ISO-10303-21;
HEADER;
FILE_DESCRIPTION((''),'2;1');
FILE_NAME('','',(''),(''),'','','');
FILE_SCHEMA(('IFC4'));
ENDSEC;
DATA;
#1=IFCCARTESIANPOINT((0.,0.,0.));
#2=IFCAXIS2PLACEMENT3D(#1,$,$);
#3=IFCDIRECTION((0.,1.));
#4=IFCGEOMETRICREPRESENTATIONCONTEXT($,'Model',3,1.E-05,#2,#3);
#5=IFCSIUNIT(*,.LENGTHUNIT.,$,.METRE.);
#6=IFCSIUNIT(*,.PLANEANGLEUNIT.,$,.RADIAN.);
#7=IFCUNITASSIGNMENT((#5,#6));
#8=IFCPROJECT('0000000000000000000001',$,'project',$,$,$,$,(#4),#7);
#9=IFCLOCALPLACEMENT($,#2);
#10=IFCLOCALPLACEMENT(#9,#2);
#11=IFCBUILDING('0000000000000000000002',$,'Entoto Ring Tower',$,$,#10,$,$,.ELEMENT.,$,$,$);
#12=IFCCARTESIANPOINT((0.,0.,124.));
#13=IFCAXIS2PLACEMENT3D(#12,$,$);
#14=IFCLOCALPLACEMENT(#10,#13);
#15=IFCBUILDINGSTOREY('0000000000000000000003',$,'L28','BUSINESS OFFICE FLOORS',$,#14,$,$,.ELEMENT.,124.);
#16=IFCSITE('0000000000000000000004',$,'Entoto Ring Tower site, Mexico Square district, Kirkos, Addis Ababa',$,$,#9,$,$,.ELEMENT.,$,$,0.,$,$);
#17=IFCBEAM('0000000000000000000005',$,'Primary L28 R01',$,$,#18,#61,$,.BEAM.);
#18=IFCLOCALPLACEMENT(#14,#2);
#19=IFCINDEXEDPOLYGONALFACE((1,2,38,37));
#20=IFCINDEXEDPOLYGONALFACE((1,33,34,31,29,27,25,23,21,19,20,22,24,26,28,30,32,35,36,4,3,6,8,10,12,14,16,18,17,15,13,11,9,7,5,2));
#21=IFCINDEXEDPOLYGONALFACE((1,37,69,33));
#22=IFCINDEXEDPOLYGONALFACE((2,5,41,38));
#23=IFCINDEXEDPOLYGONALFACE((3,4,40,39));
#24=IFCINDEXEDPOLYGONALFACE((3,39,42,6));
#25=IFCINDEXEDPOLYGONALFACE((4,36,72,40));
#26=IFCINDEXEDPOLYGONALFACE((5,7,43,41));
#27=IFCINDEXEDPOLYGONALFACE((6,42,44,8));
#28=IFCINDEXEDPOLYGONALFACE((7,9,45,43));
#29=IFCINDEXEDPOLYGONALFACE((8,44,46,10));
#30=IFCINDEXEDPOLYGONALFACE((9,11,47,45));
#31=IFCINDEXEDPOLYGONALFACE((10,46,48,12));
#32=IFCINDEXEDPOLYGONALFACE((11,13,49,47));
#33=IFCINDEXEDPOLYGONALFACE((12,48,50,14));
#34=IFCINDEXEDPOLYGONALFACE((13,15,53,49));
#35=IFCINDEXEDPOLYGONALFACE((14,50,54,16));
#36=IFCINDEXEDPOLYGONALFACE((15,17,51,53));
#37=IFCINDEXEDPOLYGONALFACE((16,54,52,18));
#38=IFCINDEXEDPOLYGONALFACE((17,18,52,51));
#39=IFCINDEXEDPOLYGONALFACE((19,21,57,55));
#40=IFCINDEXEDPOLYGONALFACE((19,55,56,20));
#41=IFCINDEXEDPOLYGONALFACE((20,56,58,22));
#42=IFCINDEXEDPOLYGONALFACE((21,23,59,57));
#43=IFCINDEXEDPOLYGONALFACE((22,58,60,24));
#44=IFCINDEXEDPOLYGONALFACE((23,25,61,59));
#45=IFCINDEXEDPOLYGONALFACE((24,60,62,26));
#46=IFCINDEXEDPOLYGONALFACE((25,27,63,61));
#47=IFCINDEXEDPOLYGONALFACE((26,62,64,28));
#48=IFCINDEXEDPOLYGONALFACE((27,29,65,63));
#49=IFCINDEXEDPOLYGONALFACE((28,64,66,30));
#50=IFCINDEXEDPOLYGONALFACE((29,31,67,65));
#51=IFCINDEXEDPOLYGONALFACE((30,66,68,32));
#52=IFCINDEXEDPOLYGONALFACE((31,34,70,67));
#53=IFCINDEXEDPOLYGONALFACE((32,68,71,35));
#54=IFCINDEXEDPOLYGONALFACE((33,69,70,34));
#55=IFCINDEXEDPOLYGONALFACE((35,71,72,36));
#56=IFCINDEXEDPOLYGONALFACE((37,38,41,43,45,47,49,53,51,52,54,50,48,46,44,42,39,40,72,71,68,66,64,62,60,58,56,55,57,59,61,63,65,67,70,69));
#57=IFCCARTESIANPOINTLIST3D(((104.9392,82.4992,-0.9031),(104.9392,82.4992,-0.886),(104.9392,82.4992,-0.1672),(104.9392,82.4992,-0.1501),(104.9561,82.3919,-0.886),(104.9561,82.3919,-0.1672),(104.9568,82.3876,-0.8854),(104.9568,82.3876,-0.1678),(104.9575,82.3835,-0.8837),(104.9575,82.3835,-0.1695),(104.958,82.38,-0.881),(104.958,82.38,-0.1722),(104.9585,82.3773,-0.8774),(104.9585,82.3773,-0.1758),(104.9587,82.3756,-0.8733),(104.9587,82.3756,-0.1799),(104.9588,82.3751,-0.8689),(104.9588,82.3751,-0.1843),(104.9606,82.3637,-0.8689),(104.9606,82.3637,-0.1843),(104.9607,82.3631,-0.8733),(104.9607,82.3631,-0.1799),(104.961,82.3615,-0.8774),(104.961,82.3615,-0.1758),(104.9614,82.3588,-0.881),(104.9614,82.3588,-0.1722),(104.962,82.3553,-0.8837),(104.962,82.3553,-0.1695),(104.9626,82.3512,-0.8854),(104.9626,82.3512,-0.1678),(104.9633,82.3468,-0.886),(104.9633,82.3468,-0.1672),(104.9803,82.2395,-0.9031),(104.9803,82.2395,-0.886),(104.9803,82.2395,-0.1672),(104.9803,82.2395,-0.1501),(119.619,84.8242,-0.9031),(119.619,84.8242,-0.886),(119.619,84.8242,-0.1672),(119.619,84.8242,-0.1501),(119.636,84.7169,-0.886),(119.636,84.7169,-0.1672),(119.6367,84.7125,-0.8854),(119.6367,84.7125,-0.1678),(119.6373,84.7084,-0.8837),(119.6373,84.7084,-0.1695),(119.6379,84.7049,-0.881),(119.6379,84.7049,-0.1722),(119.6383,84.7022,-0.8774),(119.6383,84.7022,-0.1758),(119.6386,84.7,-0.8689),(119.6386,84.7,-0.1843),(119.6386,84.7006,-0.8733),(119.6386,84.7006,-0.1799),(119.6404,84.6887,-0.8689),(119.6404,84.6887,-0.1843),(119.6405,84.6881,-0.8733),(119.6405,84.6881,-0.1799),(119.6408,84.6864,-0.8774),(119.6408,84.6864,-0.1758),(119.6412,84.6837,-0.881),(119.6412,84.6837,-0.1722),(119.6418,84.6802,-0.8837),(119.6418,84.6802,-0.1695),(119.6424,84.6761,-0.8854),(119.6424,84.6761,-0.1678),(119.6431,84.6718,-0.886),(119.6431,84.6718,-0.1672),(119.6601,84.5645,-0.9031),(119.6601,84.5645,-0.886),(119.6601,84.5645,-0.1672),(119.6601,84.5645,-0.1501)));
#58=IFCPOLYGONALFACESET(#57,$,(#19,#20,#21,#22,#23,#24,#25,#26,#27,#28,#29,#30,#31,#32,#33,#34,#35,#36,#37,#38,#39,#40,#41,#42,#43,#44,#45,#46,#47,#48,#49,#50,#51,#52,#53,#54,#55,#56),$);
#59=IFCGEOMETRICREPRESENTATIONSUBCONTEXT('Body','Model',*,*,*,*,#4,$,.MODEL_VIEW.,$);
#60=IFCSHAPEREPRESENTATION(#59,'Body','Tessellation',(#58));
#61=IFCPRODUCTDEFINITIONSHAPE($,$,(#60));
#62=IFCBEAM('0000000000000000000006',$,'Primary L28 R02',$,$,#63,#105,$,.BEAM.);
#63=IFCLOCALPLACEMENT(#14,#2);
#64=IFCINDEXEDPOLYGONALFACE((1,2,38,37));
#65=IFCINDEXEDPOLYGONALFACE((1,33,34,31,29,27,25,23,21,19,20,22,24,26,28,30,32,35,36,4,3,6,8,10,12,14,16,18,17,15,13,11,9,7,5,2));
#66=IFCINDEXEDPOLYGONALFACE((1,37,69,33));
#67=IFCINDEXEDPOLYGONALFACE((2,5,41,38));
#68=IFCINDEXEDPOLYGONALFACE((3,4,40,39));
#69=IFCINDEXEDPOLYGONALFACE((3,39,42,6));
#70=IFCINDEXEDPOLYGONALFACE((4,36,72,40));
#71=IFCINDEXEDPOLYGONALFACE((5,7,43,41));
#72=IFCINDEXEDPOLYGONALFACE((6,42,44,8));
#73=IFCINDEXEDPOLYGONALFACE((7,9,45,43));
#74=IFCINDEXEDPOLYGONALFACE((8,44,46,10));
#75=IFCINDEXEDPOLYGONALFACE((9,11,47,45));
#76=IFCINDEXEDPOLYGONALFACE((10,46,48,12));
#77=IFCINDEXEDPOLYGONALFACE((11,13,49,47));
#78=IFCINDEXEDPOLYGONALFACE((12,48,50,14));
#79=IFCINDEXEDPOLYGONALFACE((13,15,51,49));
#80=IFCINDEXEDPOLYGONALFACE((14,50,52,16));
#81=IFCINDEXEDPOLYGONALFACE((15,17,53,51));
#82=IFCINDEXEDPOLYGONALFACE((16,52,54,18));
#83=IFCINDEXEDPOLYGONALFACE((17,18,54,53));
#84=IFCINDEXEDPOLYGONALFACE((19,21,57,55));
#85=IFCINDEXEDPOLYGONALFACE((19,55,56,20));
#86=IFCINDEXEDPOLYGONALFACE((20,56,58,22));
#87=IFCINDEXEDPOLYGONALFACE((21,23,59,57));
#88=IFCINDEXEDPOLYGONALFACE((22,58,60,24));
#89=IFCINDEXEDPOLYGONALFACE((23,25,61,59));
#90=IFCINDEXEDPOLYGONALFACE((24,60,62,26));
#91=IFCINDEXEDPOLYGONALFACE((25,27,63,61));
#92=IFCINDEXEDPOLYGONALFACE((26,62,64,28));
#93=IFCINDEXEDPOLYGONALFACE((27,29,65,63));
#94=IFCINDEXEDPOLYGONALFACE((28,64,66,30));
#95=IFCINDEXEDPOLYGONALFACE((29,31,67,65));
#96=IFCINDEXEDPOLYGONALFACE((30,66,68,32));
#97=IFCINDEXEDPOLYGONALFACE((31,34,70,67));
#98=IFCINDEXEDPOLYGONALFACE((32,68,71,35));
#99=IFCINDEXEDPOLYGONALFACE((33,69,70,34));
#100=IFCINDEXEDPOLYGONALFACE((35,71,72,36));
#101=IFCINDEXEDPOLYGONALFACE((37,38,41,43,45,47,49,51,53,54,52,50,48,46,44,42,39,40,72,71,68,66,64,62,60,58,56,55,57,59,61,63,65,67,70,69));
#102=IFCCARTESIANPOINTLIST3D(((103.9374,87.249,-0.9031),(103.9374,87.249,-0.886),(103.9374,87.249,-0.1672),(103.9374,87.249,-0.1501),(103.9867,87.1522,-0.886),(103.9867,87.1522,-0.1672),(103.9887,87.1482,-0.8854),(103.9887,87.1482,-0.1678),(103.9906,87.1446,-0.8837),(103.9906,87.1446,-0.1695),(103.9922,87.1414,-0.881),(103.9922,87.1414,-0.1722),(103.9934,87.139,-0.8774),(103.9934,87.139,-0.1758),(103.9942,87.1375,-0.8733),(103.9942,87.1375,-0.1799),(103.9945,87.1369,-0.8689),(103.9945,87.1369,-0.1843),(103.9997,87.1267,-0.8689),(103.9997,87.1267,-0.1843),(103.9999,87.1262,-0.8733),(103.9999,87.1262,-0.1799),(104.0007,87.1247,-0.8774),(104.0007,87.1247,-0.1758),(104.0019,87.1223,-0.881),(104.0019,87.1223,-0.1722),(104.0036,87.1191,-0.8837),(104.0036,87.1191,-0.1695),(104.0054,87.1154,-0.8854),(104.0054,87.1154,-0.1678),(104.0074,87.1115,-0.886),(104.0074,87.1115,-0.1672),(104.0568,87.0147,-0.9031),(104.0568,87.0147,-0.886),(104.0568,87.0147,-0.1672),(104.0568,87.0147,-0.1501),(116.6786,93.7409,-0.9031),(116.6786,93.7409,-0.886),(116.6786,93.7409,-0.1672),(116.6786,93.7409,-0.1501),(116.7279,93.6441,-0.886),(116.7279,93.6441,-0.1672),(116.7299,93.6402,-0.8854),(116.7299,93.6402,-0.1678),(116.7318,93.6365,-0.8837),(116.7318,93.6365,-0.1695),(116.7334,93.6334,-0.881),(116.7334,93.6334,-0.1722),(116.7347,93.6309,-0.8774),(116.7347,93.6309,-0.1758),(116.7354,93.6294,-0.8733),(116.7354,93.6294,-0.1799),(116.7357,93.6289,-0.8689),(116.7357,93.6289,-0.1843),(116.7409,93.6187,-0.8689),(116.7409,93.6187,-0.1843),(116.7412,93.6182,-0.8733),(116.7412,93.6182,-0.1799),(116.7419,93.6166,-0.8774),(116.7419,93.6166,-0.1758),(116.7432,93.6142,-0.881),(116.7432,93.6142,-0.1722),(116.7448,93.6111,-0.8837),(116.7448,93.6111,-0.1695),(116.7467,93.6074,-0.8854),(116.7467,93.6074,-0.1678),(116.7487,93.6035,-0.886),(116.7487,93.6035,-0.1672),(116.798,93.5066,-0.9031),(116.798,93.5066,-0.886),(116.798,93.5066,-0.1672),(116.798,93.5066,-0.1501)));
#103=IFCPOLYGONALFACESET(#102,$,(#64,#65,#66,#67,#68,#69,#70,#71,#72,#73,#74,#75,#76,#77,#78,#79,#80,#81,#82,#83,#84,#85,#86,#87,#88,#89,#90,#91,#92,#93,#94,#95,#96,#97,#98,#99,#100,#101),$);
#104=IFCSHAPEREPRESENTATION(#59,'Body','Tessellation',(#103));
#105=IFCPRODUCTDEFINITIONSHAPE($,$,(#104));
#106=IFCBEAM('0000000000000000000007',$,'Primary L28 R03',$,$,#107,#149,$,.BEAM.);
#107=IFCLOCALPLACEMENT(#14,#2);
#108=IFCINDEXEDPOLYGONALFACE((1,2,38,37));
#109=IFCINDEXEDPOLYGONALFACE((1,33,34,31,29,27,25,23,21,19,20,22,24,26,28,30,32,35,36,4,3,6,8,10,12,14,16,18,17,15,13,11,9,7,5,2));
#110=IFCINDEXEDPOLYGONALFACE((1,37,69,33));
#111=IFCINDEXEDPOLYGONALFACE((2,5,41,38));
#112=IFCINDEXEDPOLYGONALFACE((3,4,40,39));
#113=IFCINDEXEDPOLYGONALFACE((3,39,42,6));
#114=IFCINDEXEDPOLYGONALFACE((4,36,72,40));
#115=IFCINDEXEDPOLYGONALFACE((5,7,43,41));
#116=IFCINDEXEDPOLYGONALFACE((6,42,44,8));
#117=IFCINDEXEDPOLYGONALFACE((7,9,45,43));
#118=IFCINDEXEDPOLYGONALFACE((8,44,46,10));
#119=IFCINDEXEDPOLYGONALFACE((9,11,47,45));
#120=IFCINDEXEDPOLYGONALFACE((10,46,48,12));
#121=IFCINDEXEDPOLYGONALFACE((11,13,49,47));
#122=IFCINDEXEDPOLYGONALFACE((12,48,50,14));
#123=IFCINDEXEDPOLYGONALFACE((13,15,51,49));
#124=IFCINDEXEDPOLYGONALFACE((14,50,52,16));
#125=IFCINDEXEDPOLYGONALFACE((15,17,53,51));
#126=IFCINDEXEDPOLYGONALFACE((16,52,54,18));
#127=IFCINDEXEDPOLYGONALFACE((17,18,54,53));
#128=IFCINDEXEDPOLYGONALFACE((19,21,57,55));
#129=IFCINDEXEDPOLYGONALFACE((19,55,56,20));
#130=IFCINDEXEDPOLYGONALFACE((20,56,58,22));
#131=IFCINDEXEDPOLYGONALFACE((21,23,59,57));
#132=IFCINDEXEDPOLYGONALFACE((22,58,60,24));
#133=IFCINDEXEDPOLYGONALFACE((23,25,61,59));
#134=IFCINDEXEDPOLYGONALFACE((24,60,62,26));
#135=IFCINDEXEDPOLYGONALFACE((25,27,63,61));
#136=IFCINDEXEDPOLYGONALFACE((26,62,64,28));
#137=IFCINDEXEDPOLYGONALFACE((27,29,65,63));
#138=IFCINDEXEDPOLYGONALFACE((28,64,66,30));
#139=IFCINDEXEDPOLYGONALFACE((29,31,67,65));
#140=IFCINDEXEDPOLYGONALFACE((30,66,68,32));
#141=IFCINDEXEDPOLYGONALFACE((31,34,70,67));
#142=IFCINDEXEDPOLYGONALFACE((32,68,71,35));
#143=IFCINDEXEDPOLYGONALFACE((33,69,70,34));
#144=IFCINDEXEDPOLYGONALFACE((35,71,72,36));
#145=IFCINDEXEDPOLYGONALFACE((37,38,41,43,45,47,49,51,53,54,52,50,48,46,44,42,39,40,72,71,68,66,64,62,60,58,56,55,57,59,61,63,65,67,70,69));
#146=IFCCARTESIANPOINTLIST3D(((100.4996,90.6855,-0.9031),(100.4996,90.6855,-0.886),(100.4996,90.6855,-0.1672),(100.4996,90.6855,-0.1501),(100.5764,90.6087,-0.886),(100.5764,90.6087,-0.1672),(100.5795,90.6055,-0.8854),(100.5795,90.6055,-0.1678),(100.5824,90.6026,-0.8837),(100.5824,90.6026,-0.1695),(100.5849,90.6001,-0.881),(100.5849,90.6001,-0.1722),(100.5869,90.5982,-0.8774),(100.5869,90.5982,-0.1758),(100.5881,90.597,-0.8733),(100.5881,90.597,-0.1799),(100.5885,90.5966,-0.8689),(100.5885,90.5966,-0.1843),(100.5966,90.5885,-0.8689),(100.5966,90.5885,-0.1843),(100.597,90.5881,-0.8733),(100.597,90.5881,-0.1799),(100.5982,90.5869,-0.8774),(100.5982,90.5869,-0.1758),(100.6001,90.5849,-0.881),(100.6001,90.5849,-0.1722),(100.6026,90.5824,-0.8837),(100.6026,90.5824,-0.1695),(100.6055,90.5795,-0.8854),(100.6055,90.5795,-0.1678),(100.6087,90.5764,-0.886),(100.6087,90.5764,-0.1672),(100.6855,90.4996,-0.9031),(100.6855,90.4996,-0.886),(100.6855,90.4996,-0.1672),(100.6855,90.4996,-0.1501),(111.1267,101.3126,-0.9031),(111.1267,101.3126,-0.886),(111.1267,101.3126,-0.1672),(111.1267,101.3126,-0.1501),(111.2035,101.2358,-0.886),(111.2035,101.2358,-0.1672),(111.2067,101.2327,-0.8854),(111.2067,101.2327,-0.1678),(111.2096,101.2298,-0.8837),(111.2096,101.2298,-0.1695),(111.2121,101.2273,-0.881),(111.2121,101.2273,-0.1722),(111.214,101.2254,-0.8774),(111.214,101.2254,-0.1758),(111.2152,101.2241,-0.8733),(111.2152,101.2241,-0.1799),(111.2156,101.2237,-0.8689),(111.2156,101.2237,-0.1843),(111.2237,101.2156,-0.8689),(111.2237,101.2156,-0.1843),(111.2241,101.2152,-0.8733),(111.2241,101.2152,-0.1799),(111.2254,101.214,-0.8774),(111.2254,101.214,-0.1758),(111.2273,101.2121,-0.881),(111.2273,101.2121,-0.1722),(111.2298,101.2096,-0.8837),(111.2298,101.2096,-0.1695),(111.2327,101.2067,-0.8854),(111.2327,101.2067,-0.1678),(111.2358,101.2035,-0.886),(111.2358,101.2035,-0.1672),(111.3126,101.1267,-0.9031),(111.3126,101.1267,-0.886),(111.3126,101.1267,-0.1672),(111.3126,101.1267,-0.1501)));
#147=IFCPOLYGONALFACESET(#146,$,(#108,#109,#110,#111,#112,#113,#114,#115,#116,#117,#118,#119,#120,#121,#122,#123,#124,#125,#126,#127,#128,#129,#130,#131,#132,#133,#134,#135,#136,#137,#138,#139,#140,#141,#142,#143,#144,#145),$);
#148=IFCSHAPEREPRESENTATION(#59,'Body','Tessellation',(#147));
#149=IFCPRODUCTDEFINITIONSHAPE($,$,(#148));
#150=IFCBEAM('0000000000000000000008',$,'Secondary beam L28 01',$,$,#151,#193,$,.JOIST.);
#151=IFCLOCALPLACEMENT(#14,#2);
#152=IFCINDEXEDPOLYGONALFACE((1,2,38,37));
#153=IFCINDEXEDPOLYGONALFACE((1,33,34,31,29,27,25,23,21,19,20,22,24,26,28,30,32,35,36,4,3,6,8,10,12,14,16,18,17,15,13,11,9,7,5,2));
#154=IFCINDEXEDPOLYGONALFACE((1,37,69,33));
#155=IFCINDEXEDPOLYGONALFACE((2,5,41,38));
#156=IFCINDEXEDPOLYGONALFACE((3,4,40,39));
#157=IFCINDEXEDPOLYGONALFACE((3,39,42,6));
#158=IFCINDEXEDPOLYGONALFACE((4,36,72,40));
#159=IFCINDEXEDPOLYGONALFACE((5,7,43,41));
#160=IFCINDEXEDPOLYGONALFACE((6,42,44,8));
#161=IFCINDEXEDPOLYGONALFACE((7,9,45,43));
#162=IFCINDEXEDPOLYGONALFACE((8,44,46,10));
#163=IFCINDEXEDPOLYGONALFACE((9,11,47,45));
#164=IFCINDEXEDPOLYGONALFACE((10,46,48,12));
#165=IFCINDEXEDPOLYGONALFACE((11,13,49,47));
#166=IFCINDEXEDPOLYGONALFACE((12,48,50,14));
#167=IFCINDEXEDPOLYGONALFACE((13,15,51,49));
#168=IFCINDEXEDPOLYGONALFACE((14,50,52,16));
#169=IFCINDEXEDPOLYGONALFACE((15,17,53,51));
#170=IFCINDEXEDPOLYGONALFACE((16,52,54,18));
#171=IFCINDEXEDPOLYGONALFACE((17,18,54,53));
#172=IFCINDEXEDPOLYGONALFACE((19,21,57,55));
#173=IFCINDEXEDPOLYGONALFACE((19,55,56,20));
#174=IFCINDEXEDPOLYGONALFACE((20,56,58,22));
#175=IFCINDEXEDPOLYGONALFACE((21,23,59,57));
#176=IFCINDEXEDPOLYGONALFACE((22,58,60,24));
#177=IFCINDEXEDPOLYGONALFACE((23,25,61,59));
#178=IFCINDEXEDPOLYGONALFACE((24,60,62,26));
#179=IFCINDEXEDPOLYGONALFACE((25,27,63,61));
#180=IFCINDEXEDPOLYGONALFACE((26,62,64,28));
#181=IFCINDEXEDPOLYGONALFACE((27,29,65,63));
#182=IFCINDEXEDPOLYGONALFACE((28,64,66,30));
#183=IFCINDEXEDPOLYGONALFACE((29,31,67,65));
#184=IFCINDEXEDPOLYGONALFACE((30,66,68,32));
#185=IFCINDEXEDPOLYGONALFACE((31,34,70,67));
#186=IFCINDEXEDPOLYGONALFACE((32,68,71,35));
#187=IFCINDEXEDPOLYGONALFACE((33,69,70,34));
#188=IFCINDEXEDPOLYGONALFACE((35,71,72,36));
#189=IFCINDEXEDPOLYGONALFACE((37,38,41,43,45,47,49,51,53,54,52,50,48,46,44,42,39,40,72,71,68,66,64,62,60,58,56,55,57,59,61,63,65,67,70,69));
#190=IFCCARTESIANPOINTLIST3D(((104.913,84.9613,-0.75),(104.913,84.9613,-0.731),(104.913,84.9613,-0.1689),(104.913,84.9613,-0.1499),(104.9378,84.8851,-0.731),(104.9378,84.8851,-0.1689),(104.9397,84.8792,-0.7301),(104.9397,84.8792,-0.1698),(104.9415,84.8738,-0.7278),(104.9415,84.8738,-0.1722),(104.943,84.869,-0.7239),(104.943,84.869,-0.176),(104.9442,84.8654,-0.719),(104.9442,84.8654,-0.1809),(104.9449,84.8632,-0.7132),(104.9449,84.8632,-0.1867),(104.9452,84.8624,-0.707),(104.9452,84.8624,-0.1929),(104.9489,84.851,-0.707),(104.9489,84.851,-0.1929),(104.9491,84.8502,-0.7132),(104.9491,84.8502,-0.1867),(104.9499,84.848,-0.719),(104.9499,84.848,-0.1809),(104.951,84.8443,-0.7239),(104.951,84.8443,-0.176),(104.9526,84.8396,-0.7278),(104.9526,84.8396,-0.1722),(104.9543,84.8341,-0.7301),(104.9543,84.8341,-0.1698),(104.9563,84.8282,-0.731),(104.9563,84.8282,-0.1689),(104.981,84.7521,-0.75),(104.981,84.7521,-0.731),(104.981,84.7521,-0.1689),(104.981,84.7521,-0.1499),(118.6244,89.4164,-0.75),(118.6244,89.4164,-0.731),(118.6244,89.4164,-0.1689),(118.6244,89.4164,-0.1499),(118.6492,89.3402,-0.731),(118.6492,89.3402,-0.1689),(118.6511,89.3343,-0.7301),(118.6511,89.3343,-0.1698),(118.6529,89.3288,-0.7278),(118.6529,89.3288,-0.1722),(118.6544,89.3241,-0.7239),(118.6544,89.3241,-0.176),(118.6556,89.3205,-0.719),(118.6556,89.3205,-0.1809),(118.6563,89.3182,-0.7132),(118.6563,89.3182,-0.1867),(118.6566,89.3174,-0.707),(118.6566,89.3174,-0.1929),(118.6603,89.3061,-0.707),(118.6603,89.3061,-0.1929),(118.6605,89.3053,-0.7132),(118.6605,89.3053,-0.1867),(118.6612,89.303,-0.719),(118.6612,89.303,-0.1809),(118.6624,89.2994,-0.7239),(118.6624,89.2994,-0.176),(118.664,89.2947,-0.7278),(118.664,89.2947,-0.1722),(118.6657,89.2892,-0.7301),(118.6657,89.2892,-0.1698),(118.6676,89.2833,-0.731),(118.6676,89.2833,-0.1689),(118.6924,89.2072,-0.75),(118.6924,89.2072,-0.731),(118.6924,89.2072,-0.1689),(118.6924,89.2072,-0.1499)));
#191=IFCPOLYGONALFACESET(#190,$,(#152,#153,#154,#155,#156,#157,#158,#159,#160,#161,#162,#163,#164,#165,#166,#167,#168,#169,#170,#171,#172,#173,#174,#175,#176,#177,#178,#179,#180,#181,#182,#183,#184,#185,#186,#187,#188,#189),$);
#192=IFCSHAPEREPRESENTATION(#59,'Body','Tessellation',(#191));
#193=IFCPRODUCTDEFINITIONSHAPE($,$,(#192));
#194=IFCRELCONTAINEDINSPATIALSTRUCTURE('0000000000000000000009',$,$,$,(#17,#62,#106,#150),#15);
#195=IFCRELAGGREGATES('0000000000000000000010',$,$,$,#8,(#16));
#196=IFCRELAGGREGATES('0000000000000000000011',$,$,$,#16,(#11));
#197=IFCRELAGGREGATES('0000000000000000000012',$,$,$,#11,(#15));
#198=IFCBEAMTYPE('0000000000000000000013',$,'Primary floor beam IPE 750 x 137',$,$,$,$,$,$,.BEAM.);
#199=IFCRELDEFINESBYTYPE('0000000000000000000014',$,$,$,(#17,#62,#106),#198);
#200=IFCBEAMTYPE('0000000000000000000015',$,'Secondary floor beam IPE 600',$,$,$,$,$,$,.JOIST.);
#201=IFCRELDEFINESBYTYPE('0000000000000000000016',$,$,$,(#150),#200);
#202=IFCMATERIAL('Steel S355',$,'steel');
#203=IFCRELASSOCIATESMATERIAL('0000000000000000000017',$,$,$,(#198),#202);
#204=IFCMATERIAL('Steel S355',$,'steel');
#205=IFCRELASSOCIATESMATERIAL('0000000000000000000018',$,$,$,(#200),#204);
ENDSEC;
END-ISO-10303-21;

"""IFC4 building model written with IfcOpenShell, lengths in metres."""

from ifc_helpers import new_model, si_unit, direction, frame, origin, origin_2d, place, context, subcontext, project, spatial, i_section, extrude, material, material_profile, profile_set, type_object, element, save


model = new_model("IFC4")

# Units and contexts
model_context = context("Model", 3, precision=1e-05, world=origin(), true_north=direction((0.0, 1.0)))
body_context = subcontext(model_context, "Body", "Model", "MODEL_VIEW")
ifc_project = project(units=[si_unit("LENGTHUNIT", "METRE"), si_unit("PLANEANGLEUNIT", "RADIAN")], contexts=[model_context])

# Site, building, storey
site_placement = place(None, origin())
site = spatial("IfcSite", under=ifc_project, at=site_placement, Name="Entoto Ring Tower site, Mexico Square district, Kirkos, Addis Ababa", CompositionType="ELEMENT", RefElevation=0.0)
building_placement = place(site_placement, origin())
building = spatial("IfcBuilding", under=site, at=building_placement, Name="Entoto Ring Tower", CompositionType="ELEMENT")
storey_placement = place(building_placement, frame((0.0, 0.0, 124.0)))
storey = spatial("IfcBuildingStorey", under=building, at=storey_placement, Name="L28", Description="BUSINESS OFFICE FLOORS", CompositionType="ELEMENT", Elevation=124.0)

# Beams
ifc_material_1 = material(Name="Steel S355", Category="steel")
ifc_material_profile_1 = material_profile(ifc_material_1, i_section(OverallWidth=0.2629, OverallDepth=0.7529, WebThickness=0.0115, FlangeThickness=0.0171, FilletRadius=0.0171, at=origin_2d()), Name="IPE 750 x 137")
ifc_profile_set_1 = profile_set([ifc_material_profile_1], Name="Steel S355")
beam_type_1 = type_object("IfcBeamType", Name="Primary floor beam IPE 750 x 137", PredefinedType="BEAM", material=ifc_profile_set_1)
beam_1_placement = place(storey_placement, frame((104.9597, 82.3694, -0.5266), z_axis=(0.98769, 0.156426, 0.0), x_axis=(-0.156426, 0.98769, 0.0)))
element("IfcBeam", 1, at=beam_1_placement, inside=storey, type_object=beam_type_1, Name="Primary L28 R01", PredefinedType="BEAM", context=body_context, shape_type="SweptSolid", body=[
    extrude(i_section(OverallWidth=0.2629, OverallDepth=0.7529, WebThickness=0.0115, FlangeThickness=0.0171, FilletRadius=0.0171, at=origin_2d()), origin(), (0.0, 0.0, 1.0), 14.8628),
])
beam_2_placement = place(storey_placement, frame((103.9971, 87.1318, -0.5266), z_axis=(0.891007, 0.453989, 0.0), x_axis=(-0.453989, 0.891007, 0.0)))
element("IfcBeam", 2, at=beam_2_placement, inside=storey, type_object=beam_type_1, Name="Primary L28 R02", PredefinedType="BEAM", context=body_context, shape_type="SweptSolid", body=[
    extrude(i_section(OverallWidth=0.2629, OverallDepth=0.7529, WebThickness=0.0115, FlangeThickness=0.0171, FilletRadius=0.0171, at=origin_2d()), origin(), (0.0, 0.0, 1.0), 14.2998),
])
beam_3_placement = place(storey_placement, frame((100.5925, 90.5925, -0.5266), z_axis=(0.707107, 0.707107, 0.0), x_axis=(-0.707107, 0.707107, 0.0)))
element("IfcBeam", 3, at=beam_3_placement, inside=storey, type_object=beam_type_1, Name="Primary L28 R03", PredefinedType="BEAM", context=body_context, shape_type="SweptSolid", body=[
    extrude(i_section(OverallWidth=0.2629, OverallDepth=0.7529, WebThickness=0.0115, FlangeThickness=0.0171, FilletRadius=0.0171, at=origin_2d()), origin(), (0.0, 0.0, 1.0), 15.0291),
])
ifc_material_2 = material(Name="Steel S355", Category="steel")
ifc_material_profile_2 = material_profile(ifc_material_2, i_section(OverallWidth=0.22, OverallDepth=0.6001, WebThickness=0.012, FlangeThickness=0.019, FilletRadius=0.0239, at=origin_2d()), Name="IPE 600")
ifc_profile_set_2 = profile_set([ifc_material_profile_2], Name="Steel S355")
beam_type_2 = type_object("IfcBeamType", Name="Secondary floor beam IPE 600", PredefinedType="JOIST", material=ifc_profile_set_2)
beam_4_placement = place(storey_placement, frame((104.947, 84.8567, -0.45), z_axis=(0.951057, 0.309015, 0.0), x_axis=(-0.309015, 0.951057, 0.0)))
element("IfcBeam", 4, at=beam_4_placement, inside=storey, type_object=beam_type_2, Name="Secondary beam L28 01", PredefinedType="JOIST", context=body_context, shape_type="SweptSolid", body=[
    extrude(i_section(OverallWidth=0.22, OverallDepth=0.6001, WebThickness=0.012, FlangeThickness=0.019, FilletRadius=0.0239, at=origin_2d()), origin(), (0.0, 0.0, 1.0), 14.417),
])

save(model, "model.ifc")
